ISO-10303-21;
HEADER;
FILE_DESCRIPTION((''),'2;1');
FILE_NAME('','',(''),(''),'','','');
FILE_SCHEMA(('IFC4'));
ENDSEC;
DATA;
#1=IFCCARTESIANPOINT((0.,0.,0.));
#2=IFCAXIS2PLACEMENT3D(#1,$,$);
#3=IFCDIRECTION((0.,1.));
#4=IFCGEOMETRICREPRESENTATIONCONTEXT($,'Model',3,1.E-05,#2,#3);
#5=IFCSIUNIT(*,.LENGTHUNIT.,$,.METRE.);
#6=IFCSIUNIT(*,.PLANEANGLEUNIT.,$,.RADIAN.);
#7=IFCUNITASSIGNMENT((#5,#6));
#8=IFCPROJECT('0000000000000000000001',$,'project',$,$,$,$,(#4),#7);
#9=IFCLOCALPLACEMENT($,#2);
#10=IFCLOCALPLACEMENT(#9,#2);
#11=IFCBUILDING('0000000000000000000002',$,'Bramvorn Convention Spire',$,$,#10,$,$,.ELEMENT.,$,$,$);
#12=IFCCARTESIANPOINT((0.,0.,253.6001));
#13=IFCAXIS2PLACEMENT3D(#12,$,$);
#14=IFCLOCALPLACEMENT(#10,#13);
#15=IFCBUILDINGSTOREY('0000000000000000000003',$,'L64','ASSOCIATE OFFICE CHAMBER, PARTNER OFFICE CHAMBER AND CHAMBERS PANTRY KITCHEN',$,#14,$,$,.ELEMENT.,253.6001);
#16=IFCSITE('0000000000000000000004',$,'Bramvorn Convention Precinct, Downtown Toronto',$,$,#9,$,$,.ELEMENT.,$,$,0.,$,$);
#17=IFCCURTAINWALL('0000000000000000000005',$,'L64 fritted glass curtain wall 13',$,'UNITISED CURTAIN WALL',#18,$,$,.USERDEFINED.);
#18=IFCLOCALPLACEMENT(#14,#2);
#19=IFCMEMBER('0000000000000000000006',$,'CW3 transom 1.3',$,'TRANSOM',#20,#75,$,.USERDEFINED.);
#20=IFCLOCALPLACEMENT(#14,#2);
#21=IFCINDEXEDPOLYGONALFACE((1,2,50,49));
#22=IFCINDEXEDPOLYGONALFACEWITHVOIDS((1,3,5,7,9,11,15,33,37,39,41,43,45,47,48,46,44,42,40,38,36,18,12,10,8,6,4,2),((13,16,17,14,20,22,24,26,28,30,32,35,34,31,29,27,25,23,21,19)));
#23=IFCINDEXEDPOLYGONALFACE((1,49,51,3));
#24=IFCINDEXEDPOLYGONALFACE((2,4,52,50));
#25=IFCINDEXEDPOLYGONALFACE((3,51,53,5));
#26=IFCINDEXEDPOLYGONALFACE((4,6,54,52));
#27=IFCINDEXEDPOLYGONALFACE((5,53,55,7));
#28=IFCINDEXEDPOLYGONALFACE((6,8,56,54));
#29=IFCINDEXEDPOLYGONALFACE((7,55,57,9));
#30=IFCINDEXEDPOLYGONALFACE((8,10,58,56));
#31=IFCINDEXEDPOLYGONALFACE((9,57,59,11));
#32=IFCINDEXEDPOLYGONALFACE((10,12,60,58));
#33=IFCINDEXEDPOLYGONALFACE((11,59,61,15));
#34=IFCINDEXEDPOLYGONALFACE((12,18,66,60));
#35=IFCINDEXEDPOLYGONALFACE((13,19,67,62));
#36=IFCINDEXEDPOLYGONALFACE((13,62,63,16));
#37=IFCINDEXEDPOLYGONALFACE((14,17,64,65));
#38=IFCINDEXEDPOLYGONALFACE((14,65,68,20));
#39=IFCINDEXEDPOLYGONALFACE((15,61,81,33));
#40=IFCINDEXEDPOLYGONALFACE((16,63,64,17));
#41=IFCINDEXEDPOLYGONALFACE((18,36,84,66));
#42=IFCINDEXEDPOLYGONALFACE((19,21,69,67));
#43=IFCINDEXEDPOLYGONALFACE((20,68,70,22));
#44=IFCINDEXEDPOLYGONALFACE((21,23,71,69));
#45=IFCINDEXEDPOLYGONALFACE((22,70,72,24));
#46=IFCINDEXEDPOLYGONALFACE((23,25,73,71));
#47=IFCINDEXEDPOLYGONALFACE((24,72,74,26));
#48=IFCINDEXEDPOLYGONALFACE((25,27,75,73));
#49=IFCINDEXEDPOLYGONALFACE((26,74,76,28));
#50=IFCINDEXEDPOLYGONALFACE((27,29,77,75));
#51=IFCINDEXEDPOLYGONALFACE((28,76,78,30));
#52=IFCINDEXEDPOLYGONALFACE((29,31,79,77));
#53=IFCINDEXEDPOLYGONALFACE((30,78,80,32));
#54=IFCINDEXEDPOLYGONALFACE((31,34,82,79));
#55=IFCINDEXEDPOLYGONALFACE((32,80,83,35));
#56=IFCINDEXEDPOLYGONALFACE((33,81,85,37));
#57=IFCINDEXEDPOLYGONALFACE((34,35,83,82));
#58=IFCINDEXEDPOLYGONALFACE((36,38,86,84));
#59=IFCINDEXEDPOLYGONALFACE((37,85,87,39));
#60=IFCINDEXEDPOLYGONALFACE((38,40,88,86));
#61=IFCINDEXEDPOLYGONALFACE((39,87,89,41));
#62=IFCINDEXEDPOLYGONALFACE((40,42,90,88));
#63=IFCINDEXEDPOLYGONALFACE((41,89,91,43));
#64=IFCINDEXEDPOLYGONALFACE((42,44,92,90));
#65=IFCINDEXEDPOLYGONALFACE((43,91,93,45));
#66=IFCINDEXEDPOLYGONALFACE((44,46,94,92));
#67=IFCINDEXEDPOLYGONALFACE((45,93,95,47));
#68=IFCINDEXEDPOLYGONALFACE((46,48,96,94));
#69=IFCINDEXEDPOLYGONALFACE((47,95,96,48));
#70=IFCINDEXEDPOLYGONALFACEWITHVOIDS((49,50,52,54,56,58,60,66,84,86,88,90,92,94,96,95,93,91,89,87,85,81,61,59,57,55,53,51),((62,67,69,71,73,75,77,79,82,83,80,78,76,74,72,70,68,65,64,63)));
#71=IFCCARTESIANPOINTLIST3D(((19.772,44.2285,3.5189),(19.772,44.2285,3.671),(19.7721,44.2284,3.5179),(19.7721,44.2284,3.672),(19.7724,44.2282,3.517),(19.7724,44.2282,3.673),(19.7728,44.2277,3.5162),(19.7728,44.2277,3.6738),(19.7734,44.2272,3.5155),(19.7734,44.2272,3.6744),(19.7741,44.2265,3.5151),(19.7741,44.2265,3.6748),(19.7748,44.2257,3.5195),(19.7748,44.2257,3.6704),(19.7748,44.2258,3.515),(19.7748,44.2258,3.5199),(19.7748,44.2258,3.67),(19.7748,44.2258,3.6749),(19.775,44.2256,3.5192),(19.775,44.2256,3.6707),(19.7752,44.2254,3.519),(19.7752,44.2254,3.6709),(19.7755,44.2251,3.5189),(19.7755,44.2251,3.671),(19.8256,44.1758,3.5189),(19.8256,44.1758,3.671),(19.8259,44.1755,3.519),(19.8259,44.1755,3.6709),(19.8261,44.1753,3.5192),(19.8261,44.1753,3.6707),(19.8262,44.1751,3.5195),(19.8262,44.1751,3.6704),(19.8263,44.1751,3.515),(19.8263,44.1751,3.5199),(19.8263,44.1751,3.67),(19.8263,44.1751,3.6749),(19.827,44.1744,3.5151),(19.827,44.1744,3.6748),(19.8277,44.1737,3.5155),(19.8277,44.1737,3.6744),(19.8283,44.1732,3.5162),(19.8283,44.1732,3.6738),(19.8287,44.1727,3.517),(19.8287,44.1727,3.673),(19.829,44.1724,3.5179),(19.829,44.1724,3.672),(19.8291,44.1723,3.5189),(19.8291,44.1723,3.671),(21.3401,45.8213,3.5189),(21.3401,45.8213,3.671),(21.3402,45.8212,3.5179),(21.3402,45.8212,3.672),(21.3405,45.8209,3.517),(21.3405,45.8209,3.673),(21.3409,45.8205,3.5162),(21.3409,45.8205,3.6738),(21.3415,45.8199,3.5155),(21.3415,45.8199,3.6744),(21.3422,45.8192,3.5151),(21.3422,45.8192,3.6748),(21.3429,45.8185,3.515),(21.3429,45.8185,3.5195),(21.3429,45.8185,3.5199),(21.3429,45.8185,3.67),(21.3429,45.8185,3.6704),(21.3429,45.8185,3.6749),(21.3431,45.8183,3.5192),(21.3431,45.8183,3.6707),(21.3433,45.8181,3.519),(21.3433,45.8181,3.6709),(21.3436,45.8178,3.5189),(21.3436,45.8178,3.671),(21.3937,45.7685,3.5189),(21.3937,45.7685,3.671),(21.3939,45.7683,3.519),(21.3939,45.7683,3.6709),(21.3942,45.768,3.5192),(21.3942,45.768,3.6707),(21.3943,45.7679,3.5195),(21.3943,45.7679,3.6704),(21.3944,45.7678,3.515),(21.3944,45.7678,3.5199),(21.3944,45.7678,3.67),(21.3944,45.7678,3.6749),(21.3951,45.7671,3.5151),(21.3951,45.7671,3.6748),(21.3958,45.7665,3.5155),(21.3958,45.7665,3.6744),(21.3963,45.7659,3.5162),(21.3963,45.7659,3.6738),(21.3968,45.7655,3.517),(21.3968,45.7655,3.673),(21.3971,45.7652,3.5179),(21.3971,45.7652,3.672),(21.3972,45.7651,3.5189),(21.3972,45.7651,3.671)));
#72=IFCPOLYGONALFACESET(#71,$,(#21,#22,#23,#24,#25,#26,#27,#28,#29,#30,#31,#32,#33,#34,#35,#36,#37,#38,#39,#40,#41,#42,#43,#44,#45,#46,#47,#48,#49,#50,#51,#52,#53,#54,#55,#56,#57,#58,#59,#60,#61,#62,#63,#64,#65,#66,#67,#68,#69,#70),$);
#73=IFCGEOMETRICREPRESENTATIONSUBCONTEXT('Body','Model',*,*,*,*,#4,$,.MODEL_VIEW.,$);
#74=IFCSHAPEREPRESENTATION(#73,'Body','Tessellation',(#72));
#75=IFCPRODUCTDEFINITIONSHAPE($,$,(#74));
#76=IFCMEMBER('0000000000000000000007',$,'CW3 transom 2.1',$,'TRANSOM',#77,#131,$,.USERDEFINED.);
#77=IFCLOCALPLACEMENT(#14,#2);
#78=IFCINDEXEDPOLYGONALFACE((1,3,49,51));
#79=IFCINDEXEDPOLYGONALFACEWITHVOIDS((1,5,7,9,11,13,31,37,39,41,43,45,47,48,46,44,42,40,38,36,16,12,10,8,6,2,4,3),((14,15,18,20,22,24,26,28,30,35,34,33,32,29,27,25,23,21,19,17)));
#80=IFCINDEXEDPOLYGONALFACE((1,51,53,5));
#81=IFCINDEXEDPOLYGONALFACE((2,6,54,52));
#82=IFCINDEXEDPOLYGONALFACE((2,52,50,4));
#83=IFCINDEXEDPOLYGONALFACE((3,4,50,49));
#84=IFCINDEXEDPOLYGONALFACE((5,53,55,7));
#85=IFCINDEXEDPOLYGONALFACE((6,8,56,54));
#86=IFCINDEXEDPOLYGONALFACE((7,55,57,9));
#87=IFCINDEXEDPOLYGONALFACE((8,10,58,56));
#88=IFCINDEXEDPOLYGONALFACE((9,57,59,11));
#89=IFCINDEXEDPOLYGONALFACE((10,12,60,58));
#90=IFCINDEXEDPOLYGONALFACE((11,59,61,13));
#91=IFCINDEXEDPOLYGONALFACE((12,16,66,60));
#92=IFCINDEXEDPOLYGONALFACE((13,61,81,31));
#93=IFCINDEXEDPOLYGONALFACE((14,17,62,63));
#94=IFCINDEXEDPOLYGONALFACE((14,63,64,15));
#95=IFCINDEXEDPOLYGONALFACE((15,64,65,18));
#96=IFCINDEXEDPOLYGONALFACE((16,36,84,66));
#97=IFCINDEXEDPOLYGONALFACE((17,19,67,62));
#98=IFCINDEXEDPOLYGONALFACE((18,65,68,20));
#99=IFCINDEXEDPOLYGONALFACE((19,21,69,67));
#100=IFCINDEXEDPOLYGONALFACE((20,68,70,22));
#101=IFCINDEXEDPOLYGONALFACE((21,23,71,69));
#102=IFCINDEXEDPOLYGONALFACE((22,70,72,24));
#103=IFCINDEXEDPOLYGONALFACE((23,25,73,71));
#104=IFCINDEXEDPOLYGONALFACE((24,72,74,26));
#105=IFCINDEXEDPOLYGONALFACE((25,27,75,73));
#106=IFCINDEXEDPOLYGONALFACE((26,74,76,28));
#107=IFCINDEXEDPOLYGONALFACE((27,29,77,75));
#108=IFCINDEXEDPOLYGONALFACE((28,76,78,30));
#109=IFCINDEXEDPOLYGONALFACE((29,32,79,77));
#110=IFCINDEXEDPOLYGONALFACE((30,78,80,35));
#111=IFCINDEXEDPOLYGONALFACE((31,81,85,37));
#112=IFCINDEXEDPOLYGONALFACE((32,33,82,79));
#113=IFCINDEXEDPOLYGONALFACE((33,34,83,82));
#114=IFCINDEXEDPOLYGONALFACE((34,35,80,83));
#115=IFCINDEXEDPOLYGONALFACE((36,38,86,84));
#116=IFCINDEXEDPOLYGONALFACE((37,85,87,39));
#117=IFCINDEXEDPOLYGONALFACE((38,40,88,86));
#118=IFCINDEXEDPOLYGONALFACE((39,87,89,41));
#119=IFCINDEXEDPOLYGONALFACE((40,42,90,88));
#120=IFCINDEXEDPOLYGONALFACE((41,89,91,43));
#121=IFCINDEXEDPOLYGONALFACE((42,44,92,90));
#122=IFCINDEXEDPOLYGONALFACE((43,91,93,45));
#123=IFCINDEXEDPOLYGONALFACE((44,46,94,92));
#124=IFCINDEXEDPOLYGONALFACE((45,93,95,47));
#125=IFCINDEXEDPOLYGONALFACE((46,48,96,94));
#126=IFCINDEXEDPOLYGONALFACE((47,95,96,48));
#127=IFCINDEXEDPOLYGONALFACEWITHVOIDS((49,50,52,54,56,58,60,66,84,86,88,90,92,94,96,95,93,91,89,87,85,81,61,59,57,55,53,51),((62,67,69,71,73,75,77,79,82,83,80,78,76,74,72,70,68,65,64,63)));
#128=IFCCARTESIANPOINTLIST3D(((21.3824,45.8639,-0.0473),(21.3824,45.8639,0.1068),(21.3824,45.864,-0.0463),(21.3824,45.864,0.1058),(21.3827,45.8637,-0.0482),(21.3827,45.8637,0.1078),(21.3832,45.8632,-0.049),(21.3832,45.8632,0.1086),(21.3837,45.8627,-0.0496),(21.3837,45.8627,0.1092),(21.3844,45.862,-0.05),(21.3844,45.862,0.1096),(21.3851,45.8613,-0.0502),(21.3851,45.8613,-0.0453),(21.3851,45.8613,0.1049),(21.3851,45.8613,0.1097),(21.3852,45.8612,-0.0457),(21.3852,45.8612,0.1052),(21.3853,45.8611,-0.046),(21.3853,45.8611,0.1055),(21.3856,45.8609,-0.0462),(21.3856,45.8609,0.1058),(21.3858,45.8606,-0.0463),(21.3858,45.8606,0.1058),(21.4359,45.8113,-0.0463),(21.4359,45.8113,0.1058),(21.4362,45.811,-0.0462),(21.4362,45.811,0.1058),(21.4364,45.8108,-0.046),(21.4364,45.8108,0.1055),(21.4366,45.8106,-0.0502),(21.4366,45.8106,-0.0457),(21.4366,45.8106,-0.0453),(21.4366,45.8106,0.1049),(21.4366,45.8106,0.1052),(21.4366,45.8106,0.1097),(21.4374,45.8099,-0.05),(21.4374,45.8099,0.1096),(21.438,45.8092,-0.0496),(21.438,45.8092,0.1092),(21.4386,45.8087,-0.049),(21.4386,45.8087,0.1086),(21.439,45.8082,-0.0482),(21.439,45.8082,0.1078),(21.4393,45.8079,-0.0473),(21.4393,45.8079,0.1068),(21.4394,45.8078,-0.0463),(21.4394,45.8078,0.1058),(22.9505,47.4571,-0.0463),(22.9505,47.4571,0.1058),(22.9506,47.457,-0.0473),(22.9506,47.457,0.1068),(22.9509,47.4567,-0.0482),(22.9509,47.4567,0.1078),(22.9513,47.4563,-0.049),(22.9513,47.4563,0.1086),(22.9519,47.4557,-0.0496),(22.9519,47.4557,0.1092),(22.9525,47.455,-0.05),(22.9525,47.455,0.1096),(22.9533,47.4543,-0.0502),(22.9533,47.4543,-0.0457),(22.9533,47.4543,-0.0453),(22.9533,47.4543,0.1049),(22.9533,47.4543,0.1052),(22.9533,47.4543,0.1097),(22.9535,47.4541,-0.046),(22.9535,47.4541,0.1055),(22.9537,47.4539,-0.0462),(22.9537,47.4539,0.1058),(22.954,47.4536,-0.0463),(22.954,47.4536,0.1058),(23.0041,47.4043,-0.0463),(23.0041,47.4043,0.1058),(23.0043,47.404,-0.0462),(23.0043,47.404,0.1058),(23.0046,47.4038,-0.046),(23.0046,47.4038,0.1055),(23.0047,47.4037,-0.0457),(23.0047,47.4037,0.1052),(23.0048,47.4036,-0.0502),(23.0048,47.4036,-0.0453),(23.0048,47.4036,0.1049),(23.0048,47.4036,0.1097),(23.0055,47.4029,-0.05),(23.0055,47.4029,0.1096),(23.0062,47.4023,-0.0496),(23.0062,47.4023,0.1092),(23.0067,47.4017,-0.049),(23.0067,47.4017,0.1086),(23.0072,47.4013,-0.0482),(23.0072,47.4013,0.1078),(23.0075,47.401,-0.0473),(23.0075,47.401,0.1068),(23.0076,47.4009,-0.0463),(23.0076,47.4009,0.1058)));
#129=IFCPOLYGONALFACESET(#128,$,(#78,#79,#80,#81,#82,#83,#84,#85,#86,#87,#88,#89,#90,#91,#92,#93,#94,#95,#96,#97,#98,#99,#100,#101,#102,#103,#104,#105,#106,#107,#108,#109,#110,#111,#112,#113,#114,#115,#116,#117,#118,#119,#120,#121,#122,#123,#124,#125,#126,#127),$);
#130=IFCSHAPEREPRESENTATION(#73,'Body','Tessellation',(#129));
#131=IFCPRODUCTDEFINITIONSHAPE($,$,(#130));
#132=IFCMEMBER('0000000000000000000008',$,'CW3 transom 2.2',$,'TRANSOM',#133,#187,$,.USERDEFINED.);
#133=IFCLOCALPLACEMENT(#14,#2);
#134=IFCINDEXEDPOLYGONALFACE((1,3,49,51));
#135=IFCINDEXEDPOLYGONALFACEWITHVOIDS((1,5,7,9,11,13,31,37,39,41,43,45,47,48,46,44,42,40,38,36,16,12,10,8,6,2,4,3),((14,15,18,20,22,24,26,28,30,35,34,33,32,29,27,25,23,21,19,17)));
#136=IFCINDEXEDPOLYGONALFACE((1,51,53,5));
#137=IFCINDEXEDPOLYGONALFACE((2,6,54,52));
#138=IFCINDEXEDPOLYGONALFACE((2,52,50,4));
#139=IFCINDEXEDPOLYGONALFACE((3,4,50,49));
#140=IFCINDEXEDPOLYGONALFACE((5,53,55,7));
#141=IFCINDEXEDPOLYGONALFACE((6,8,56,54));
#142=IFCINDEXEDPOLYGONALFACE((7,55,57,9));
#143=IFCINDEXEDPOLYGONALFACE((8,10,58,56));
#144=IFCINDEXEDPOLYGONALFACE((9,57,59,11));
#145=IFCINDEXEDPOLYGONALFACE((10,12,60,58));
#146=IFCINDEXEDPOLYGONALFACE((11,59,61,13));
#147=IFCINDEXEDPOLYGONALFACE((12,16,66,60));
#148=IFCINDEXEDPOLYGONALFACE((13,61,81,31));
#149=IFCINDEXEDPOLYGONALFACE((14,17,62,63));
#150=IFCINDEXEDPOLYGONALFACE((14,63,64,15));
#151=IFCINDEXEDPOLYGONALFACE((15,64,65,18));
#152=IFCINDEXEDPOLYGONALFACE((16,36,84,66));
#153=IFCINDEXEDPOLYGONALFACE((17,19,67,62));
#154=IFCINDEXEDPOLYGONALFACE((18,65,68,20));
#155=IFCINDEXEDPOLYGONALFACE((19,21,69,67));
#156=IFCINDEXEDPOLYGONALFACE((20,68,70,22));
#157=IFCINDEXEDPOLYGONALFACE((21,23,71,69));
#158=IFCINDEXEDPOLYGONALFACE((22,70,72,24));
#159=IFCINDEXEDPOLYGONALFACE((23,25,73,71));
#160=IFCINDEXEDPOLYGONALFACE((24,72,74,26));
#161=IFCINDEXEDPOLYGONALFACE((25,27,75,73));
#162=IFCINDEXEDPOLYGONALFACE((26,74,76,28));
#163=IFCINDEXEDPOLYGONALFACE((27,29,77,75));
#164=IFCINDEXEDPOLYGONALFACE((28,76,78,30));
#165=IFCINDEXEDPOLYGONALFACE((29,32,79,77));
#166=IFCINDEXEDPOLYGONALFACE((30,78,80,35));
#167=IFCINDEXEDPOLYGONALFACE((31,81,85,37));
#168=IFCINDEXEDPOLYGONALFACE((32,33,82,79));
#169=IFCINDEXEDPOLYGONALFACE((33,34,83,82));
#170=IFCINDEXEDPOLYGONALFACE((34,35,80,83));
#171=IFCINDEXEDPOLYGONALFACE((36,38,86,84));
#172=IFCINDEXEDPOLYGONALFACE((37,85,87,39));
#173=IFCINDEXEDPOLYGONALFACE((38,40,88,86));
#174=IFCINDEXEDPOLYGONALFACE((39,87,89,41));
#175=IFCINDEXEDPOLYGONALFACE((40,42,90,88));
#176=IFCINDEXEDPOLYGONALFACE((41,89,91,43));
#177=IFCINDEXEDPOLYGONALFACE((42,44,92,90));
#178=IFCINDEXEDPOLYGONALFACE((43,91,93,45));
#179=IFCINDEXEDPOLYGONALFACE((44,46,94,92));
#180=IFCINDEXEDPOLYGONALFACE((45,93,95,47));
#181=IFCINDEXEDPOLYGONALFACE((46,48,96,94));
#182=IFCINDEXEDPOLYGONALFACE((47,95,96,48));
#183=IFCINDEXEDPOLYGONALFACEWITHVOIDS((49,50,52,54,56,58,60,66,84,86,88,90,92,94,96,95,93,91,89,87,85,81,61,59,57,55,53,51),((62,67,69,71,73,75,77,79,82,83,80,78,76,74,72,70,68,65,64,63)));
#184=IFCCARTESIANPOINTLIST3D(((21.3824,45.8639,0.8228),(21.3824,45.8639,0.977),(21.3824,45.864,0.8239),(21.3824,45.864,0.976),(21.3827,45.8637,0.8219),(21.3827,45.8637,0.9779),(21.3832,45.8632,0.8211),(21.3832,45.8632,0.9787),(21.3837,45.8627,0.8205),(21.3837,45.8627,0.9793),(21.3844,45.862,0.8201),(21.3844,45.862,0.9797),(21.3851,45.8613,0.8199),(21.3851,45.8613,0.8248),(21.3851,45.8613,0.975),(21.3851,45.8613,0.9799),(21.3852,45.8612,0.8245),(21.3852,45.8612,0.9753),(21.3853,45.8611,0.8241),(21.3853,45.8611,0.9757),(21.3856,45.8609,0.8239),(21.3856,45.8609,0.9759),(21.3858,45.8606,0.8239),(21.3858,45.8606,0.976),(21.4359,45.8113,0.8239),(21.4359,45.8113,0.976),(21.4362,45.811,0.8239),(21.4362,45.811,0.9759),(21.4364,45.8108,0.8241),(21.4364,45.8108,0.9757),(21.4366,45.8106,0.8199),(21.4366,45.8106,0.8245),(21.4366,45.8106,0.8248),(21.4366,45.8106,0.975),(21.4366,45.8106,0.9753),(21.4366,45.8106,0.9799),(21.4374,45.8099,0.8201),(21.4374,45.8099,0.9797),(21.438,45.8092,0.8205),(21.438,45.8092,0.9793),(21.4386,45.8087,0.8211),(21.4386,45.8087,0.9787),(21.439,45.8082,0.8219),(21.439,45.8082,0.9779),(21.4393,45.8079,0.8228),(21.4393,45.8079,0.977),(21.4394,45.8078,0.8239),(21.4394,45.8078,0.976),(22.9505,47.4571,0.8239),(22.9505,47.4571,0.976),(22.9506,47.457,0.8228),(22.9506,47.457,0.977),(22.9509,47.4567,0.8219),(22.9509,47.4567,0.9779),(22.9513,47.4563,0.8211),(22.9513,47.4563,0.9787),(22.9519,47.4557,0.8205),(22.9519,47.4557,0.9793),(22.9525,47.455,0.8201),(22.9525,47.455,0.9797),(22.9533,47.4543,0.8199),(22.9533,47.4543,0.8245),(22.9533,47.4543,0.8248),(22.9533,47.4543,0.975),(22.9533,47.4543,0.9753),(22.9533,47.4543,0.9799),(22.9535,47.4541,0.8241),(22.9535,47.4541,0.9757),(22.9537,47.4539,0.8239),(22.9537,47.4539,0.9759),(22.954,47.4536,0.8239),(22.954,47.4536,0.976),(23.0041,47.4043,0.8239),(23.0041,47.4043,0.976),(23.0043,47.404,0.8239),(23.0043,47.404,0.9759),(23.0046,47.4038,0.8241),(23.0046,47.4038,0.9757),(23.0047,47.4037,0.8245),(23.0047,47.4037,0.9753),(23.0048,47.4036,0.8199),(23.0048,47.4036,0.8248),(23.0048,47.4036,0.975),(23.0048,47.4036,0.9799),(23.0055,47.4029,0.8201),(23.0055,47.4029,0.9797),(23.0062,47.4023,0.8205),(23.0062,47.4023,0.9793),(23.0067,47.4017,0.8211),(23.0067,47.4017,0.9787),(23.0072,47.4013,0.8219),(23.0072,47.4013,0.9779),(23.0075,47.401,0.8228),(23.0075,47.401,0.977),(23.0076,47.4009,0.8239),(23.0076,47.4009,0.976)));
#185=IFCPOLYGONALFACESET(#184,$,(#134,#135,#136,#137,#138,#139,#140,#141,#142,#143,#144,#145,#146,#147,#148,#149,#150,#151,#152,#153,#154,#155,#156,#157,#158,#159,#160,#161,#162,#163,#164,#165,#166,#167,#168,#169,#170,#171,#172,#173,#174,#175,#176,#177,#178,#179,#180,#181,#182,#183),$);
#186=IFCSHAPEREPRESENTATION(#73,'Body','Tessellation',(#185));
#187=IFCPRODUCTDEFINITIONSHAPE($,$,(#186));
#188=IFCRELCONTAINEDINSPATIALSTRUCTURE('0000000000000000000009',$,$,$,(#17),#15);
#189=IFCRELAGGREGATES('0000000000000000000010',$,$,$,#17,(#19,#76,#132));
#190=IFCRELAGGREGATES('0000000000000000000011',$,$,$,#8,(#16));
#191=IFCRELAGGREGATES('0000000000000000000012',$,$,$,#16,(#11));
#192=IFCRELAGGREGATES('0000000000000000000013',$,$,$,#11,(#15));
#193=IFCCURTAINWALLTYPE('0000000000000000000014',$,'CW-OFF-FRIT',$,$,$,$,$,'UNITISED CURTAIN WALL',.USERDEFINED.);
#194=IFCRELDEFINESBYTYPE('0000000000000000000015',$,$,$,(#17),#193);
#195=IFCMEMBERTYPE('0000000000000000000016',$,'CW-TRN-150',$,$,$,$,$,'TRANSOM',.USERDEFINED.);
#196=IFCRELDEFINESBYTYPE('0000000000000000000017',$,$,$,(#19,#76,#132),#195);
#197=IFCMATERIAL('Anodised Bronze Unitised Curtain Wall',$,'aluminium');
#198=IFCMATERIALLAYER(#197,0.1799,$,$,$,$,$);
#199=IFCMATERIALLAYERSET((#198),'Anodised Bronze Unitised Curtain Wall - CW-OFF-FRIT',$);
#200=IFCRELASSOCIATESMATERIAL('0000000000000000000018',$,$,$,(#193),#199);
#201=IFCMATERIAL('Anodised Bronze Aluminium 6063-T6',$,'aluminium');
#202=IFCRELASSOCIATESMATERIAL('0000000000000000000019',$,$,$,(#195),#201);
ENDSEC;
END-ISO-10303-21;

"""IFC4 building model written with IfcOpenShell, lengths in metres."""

from ifc_helpers import new_model, si_unit, direction, frame, origin, origin_2d, place, context, subcontext, project, spatial, hollow_rectangle, extrude, material, layer, layer_set, material_profile, profile_set, type_object, element, aggregate, save


model = new_model("IFC4")

# Units and contexts
model_context = context("Model", 3, precision=1e-05, world=origin(), true_north=direction((0.0, 1.0)))
body_context = subcontext(model_context, "Body", "Model", "MODEL_VIEW")
ifc_project = project(units=[si_unit("LENGTHUNIT", "METRE"), si_unit("PLANEANGLEUNIT", "RADIAN")], contexts=[model_context])

# Site, building, storey
site_placement = place(None, origin())
site = spatial("IfcSite", under=ifc_project, at=site_placement, Name="Bramvorn Convention Precinct, Downtown Toronto", CompositionType="ELEMENT", RefElevation=0.0)
building_placement = place(site_placement, origin())
building = spatial("IfcBuilding", under=site, at=building_placement, Name="Bramvorn Convention Spire", CompositionType="ELEMENT")
storey_placement = place(building_placement, frame((0.0, 0.0, 253.6001)))
storey = spatial("IfcBuildingStorey", under=building, at=storey_placement, Name="L64", Description="ASSOCIATE OFFICE CHAMBER, PARTNER OFFICE CHAMBER AND CHAMBERS PANTRY KITCHEN", CompositionType="ELEMENT", Elevation=253.6001)

# Curtain wall
ifc_material_1 = material(Name="Anodised Bronze Unitised Curtain Wall", Category="aluminium")
ifc_layer_1 = layer(ifc_material_1, 0.1799)
ifc_layer_set_1 = layer_set([ifc_layer_1], Name="Anodised Bronze Unitised Curtain Wall - CW-OFF-FRIT")
curtain_wall_type = type_object("IfcCurtainWallType", Name="CW-OFF-FRIT", ElementType="UNITISED CURTAIN WALL", PredefinedType="USERDEFINED", material=ifc_layer_set_1)
ifc_material_2 = material(Name="Anodised Bronze Aluminium 6063-T6", Category="aluminium")
curtain_wall_1_placement = place(storey_placement, origin())
curtain_wall_1 = element("IfcCurtainWall", 1, at=curtain_wall_1_placement, inside=storey, type_object=curtain_wall_type, Name="L64 fritted glass curtain wall 13", ObjectType="UNITISED CURTAIN WALL", PredefinedType="USERDEFINED")

# Members
ifc_material_profile_1 = material_profile(ifc_material_2, hollow_rectangle(XDim=0.0801, YDim=0.1599, WallThickness=0.0039, InnerFilletRadius=0.001, OuterFilletRadius=0.0039, at=origin_2d()))
ifc_profile_set_1 = profile_set([ifc_material_profile_1], Name="Anodised Bronze Aluminium 6063-T6 - CWT80X160")
member_type_1 = type_object("IfcMemberType", Name="CW-TRN-150", ElementType="TRANSOM", PredefinedType="USERDEFINED", material=ifc_profile_set_1)
member_1_placement = place(storey_placement, frame((19.8005, 44.2004, 3.595), z_axis=(0.701569, 0.712601, 0.0), x_axis=(-0.712601, 0.701569, 0.0)))
member_1 = element("IfcMember", 2, at=member_1_placement, type_object=member_type_1, Name="CW3 transom 1.3", ObjectType="TRANSOM", PredefinedType="USERDEFINED", context=body_context, shape_type="SweptSolid", body=[
    extrude(hollow_rectangle(XDim=0.0801, YDim=0.1599, WallThickness=0.0039, InnerFilletRadius=0.001, OuterFilletRadius=0.0039, at=origin_2d()), origin(), (0.0, 0.0, 1.0), 2.2351),
])
member_2_placement = place(storey_placement, frame((21.4109, 45.8359, 0.0298), z_axis=(0.701515, 0.712655, 0.0), x_axis=(-0.712655, 0.701515, 0.0)))
member_2 = element("IfcMember", 3, at=member_2_placement, type_object=member_type_1, Name="CW3 transom 2.1", ObjectType="TRANSOM", PredefinedType="USERDEFINED", context=body_context, shape_type="SweptSolid", body=[
    extrude(hollow_rectangle(XDim=0.0801, YDim=0.1599, WallThickness=0.0039, InnerFilletRadius=0.001, OuterFilletRadius=0.0039, at=origin_2d()), origin(), (0.0, 0.0, 1.0), 2.2354),
])
member_3_placement = place(storey_placement, frame((21.4109, 45.8359, 0.8999), z_axis=(0.701515, 0.712655, 0.0), x_axis=(-0.712655, 0.701515, 0.0)))
member_3 = element("IfcMember", 4, at=member_3_placement, type_object=member_type_1, Name="CW3 transom 2.2", ObjectType="TRANSOM", PredefinedType="USERDEFINED", context=body_context, shape_type="SweptSolid", body=[
    extrude(hollow_rectangle(XDim=0.0801, YDim=0.1599, WallThickness=0.0039, InnerFilletRadius=0.001, OuterFilletRadius=0.0039, at=origin_2d()), origin(), (0.0, 0.0, 1.0), 2.2354),
])

aggregate(curtain_wall_1, [member_1, member_2, member_3])

save(model, "model.ifc")
